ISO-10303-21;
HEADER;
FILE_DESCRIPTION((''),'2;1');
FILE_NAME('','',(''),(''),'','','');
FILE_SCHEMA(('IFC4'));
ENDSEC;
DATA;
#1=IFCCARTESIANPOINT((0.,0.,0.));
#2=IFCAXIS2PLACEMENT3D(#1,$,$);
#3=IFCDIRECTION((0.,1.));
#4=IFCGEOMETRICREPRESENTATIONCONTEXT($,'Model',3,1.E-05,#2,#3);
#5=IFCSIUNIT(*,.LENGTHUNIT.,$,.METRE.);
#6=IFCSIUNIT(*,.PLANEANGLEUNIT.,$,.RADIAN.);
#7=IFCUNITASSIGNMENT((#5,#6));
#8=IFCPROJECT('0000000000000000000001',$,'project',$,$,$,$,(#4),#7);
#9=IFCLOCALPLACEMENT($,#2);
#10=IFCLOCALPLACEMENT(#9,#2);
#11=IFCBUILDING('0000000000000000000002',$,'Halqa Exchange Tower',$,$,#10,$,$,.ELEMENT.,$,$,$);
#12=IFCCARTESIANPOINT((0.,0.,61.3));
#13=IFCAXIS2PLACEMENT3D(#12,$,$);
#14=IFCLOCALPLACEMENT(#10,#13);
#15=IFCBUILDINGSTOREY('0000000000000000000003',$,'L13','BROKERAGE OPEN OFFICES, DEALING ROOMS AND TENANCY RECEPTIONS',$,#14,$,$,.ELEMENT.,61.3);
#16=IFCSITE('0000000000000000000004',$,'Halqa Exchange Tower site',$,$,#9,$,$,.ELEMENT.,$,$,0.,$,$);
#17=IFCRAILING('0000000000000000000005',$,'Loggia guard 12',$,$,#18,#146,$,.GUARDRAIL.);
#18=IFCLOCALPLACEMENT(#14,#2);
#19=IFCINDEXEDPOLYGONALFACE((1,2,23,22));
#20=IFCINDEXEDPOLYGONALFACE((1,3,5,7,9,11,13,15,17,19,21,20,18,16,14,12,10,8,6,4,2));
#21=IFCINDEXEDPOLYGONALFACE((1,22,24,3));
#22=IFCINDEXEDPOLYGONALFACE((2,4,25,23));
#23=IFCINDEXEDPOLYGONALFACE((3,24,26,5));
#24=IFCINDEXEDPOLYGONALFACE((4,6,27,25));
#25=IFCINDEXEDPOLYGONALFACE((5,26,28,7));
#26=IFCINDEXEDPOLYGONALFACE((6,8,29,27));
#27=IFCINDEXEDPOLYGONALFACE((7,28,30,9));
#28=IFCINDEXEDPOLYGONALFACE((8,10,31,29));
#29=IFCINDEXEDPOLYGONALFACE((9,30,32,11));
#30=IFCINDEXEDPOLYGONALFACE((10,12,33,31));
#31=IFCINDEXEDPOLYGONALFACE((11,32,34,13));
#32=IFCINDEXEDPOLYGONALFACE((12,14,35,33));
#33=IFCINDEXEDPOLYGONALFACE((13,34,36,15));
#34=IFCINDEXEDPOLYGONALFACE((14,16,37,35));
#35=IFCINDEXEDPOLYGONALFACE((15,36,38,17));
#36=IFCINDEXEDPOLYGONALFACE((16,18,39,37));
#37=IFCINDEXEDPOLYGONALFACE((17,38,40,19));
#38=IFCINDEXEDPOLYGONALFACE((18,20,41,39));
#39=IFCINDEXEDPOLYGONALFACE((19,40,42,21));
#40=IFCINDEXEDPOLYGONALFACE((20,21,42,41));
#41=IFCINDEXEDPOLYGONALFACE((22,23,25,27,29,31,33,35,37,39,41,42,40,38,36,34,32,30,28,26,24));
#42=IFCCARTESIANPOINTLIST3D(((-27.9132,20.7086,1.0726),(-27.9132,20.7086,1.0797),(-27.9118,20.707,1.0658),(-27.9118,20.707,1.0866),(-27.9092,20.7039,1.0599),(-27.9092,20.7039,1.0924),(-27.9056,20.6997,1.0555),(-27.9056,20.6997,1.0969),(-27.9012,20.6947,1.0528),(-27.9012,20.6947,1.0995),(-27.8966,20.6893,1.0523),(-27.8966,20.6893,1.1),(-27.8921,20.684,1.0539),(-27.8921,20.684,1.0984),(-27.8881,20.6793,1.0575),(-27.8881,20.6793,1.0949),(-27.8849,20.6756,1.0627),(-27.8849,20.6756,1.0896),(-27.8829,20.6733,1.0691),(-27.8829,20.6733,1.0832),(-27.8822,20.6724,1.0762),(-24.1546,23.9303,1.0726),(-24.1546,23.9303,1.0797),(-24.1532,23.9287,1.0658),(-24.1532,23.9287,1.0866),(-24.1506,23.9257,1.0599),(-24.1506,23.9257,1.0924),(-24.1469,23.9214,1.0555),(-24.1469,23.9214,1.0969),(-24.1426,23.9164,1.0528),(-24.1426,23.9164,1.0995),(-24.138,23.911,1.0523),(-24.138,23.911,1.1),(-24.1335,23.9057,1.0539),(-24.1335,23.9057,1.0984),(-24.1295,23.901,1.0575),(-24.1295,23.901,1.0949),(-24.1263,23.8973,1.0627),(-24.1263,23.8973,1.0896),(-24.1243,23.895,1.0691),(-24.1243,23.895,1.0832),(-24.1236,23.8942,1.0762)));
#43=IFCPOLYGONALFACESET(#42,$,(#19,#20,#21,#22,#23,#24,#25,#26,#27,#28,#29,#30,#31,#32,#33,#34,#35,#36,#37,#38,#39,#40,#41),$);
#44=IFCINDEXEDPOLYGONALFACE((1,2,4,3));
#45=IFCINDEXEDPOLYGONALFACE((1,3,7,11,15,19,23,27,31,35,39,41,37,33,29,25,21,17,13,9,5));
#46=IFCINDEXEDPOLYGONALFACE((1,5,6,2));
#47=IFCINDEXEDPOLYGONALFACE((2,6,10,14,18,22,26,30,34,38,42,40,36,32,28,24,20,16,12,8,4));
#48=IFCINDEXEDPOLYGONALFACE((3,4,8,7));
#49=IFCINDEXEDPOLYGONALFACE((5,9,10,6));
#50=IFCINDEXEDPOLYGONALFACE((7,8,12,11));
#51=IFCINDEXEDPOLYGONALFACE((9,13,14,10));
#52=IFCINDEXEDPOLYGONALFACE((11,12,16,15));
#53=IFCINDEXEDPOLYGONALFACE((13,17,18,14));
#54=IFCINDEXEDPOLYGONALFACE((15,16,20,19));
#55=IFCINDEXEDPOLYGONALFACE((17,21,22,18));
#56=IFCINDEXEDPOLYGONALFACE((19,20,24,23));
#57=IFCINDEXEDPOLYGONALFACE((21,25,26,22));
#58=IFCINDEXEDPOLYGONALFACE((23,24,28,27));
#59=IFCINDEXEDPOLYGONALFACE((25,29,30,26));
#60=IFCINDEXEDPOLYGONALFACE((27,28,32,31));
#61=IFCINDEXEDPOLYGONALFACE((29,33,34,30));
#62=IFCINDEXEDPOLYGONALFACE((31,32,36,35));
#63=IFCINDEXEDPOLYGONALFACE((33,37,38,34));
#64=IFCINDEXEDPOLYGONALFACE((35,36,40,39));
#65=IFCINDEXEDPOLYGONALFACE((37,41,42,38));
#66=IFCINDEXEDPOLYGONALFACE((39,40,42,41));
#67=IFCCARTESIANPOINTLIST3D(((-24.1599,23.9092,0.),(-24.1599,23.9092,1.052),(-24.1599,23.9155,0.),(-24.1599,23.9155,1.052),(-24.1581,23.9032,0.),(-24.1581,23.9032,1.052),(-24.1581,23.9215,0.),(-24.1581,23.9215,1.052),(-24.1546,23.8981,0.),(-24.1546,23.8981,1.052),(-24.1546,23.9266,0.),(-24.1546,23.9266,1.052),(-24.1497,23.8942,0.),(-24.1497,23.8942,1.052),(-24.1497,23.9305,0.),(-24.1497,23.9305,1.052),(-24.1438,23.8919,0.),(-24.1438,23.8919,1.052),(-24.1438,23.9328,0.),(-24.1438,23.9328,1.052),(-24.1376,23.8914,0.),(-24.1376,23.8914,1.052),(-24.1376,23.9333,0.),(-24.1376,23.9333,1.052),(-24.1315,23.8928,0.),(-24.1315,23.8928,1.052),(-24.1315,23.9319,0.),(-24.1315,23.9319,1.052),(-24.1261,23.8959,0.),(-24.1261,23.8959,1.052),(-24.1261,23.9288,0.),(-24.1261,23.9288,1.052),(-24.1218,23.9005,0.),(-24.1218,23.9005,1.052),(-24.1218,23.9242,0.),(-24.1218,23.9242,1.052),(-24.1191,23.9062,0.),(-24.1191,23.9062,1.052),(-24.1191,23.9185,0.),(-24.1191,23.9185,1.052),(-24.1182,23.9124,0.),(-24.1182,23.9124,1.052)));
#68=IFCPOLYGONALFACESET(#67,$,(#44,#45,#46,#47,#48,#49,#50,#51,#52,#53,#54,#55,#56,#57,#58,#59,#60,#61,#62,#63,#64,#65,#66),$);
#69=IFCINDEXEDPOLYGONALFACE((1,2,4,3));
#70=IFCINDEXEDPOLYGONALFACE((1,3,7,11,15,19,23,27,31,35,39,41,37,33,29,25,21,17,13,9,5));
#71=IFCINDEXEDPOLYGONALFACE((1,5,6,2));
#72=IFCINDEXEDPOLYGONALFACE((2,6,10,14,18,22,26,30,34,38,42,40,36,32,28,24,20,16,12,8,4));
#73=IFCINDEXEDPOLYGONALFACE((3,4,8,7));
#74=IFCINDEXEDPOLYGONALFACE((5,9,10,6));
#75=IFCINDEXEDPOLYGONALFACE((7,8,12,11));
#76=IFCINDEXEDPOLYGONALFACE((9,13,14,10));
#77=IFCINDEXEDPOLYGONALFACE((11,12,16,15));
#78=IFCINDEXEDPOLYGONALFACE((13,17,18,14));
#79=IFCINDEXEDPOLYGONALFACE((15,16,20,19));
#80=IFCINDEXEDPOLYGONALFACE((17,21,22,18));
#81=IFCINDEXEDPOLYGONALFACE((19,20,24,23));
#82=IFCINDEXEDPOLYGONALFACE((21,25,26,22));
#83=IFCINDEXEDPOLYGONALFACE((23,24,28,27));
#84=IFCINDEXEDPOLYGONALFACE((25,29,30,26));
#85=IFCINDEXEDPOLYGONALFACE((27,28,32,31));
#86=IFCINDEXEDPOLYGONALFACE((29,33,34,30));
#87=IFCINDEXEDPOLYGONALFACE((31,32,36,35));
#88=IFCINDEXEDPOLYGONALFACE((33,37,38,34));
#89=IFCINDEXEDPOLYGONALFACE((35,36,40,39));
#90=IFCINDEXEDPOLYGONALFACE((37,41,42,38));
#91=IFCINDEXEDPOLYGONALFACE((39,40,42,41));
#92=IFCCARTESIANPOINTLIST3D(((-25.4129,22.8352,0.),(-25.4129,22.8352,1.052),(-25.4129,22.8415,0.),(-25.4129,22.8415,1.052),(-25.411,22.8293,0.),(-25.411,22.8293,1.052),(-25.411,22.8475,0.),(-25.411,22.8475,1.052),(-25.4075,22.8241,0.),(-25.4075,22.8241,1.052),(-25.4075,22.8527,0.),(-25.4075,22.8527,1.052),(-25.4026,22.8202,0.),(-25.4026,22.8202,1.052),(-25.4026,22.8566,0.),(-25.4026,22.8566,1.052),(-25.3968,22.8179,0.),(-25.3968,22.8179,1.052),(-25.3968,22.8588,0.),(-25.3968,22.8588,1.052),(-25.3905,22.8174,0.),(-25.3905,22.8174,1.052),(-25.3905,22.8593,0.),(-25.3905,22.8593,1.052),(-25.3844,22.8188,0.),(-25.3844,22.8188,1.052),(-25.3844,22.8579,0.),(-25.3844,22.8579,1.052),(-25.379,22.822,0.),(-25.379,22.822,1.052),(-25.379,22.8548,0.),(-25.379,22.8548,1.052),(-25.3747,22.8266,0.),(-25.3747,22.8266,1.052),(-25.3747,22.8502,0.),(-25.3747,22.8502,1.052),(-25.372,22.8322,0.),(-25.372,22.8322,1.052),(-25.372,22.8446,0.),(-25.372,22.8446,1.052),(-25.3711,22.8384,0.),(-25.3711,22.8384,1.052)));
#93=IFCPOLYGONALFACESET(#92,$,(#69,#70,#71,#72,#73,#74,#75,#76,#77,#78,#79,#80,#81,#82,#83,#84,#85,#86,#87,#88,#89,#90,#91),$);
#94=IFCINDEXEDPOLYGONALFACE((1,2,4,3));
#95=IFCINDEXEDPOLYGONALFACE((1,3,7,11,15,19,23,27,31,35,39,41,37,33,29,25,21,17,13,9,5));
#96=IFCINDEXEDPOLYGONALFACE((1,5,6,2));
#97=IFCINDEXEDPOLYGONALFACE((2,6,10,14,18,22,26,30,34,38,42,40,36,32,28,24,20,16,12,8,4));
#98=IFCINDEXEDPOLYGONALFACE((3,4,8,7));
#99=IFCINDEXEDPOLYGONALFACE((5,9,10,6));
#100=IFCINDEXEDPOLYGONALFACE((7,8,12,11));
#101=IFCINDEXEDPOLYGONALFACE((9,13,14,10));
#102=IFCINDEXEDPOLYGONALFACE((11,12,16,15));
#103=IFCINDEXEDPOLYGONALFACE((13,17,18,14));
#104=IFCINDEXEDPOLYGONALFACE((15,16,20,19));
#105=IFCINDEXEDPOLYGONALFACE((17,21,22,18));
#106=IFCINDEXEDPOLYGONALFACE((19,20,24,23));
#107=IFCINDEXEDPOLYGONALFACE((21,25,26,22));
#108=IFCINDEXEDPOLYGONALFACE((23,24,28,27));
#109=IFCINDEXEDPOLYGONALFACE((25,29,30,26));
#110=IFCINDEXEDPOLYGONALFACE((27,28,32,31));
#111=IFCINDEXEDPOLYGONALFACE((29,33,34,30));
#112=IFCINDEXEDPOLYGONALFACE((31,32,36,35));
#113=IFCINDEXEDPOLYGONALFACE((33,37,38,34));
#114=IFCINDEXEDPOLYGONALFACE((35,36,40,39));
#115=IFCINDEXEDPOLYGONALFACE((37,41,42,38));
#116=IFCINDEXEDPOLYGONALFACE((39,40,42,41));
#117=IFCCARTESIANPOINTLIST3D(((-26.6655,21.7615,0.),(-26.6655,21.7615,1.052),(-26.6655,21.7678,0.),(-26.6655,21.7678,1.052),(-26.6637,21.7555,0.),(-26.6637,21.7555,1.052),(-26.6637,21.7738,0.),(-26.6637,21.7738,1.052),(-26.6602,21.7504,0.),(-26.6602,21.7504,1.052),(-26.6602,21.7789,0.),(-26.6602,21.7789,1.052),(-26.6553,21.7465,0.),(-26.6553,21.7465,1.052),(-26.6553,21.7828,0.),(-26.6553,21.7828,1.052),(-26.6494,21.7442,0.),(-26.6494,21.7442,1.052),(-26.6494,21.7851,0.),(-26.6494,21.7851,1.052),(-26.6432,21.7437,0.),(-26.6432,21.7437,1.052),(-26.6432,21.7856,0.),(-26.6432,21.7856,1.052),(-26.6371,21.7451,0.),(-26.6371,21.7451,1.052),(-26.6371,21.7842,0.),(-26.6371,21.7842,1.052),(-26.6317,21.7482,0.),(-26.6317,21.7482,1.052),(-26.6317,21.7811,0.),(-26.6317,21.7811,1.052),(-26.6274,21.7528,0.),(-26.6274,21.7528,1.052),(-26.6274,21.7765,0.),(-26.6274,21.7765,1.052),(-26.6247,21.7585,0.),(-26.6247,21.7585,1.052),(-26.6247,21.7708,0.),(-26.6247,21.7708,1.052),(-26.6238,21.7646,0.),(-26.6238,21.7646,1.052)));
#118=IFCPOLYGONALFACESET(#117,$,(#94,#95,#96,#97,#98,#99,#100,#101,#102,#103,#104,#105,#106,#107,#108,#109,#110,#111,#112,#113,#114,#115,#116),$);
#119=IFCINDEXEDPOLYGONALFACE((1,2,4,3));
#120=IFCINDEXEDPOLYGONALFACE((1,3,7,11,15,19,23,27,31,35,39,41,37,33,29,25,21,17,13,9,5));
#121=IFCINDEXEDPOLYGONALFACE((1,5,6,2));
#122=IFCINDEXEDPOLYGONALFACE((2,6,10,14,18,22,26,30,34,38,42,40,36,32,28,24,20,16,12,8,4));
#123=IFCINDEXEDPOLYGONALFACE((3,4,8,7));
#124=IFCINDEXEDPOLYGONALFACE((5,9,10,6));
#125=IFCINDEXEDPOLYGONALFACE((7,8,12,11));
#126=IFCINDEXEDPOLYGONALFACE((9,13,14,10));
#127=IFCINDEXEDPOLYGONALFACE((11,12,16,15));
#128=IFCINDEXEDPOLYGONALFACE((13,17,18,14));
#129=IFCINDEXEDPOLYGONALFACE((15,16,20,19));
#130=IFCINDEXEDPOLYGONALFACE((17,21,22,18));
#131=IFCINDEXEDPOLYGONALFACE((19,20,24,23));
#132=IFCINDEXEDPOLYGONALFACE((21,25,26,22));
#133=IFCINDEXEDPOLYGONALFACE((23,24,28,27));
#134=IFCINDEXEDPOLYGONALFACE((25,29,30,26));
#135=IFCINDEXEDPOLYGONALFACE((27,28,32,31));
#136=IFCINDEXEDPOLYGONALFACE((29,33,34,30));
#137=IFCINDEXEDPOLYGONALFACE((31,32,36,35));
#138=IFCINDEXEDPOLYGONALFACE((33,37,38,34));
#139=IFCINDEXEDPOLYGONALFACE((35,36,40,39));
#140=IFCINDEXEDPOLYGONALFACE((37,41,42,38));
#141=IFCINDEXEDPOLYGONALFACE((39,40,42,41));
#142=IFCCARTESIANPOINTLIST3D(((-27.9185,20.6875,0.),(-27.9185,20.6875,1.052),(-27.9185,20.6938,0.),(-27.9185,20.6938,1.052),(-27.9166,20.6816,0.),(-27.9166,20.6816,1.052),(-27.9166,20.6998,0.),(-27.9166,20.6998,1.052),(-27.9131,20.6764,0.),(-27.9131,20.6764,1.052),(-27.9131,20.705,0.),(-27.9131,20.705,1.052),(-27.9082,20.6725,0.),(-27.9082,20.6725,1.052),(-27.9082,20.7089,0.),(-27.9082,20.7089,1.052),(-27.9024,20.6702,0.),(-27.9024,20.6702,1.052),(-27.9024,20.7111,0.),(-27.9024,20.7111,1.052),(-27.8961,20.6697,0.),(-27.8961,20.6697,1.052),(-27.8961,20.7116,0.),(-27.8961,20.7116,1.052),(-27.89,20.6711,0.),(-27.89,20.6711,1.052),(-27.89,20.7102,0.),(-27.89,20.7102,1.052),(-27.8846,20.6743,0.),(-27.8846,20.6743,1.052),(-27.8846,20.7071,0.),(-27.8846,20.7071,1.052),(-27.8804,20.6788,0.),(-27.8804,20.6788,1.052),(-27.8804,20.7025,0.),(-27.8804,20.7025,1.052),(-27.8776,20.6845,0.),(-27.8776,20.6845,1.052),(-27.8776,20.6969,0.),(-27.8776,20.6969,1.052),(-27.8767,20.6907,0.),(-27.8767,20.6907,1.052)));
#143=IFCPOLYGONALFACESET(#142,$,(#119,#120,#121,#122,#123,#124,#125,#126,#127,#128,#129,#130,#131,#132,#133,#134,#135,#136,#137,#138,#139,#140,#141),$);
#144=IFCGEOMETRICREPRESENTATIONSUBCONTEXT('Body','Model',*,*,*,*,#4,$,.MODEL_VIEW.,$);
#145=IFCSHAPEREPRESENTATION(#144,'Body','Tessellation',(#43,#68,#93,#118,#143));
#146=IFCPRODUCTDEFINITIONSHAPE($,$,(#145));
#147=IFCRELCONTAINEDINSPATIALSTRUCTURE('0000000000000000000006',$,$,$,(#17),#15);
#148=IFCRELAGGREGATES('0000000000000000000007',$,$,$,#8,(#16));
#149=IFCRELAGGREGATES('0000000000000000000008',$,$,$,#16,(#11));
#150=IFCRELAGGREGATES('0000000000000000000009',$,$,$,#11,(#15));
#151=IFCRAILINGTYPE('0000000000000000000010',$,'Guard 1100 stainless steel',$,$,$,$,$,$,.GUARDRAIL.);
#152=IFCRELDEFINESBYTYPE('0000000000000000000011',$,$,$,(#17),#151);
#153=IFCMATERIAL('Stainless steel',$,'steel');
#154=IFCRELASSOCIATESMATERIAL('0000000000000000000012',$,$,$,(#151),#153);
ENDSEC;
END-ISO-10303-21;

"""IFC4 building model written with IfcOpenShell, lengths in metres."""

from ifc_helpers import new_model, si_unit, direction, frame, origin, origin_2d, place, context, subcontext, project, spatial, circle, extrude, material, type_object, element, save


model = new_model("IFC4")

# Units and contexts
model_context = context("Model", 3, precision=1e-05, world=origin(), true_north=direction((0.0, 1.0)))
body_context = subcontext(model_context, "Body", "Model", "MODEL_VIEW")
ifc_project = project(units=[si_unit("LENGTHUNIT", "METRE"), si_unit("PLANEANGLEUNIT", "RADIAN")], contexts=[model_context])

# Site, building, storey
site_placement = place(None, origin())
site = spatial("IfcSite", under=ifc_project, at=site_placement, Name="Halqa Exchange Tower site", CompositionType="ELEMENT", RefElevation=0.0)
building_placement = place(site_placement, origin())
building = spatial("IfcBuilding", under=site, at=building_placement, Name="Halqa Exchange Tower", CompositionType="ELEMENT")
storey_placement = place(building_placement, frame((0.0, 0.0, 61.3)))
storey = spatial("IfcBuildingStorey", under=building, at=storey_placement, Name="L13", Description="BROKERAGE OPEN OFFICES, DEALING ROOMS AND TENANCY RECEPTIONS", CompositionType="ELEMENT", Elevation=61.3)

# Railing
ifc_material_1 = material(Name="Stainless steel", Category="steel")
railing_type = type_object("IfcRailingType", Name="Guard 1100 stainless steel", PredefinedType="GUARDRAIL", material=ifc_material_1)
railing_1_placement = place(storey_placement, frame((-24.1392, 23.9124, 0.0)))
element("IfcRailing", 1, at=railing_1_placement, inside=storey, type_object=railing_type, Name="Loggia guard 12", PredefinedType="GUARDRAIL", context=body_context, shape_type="SweptSolid", body=[
    extrude(circle(Radius=0.0239, at=origin_2d()), frame((0.0, 0.0, 1.0762), z_axis=(-0.75925, -0.650799, 0.0), x_axis=(0.650799, -0.75925, 0.0)), (0.0, 0.0, 1.0), 4.9504),
    extrude(circle(Radius=0.021, at=origin_2d()), origin(), (0.0, 0.0, 1.0), 1.052),
    extrude(circle(Radius=0.021, at=origin_2d()), frame((-1.2529, -1.074, 0.0)), (0.0, 0.0, 1.0), 1.052),
    extrude(circle(Radius=0.021, at=origin_2d()), frame((-2.5056, -2.1477, 0.0)), (0.0, 0.0, 1.0), 1.052),
    extrude(circle(Radius=0.021, at=origin_2d()), frame((-3.7585, -3.2217, 0.0)), (0.0, 0.0, 1.0), 1.052),
])

save(model, "model.ifc")
